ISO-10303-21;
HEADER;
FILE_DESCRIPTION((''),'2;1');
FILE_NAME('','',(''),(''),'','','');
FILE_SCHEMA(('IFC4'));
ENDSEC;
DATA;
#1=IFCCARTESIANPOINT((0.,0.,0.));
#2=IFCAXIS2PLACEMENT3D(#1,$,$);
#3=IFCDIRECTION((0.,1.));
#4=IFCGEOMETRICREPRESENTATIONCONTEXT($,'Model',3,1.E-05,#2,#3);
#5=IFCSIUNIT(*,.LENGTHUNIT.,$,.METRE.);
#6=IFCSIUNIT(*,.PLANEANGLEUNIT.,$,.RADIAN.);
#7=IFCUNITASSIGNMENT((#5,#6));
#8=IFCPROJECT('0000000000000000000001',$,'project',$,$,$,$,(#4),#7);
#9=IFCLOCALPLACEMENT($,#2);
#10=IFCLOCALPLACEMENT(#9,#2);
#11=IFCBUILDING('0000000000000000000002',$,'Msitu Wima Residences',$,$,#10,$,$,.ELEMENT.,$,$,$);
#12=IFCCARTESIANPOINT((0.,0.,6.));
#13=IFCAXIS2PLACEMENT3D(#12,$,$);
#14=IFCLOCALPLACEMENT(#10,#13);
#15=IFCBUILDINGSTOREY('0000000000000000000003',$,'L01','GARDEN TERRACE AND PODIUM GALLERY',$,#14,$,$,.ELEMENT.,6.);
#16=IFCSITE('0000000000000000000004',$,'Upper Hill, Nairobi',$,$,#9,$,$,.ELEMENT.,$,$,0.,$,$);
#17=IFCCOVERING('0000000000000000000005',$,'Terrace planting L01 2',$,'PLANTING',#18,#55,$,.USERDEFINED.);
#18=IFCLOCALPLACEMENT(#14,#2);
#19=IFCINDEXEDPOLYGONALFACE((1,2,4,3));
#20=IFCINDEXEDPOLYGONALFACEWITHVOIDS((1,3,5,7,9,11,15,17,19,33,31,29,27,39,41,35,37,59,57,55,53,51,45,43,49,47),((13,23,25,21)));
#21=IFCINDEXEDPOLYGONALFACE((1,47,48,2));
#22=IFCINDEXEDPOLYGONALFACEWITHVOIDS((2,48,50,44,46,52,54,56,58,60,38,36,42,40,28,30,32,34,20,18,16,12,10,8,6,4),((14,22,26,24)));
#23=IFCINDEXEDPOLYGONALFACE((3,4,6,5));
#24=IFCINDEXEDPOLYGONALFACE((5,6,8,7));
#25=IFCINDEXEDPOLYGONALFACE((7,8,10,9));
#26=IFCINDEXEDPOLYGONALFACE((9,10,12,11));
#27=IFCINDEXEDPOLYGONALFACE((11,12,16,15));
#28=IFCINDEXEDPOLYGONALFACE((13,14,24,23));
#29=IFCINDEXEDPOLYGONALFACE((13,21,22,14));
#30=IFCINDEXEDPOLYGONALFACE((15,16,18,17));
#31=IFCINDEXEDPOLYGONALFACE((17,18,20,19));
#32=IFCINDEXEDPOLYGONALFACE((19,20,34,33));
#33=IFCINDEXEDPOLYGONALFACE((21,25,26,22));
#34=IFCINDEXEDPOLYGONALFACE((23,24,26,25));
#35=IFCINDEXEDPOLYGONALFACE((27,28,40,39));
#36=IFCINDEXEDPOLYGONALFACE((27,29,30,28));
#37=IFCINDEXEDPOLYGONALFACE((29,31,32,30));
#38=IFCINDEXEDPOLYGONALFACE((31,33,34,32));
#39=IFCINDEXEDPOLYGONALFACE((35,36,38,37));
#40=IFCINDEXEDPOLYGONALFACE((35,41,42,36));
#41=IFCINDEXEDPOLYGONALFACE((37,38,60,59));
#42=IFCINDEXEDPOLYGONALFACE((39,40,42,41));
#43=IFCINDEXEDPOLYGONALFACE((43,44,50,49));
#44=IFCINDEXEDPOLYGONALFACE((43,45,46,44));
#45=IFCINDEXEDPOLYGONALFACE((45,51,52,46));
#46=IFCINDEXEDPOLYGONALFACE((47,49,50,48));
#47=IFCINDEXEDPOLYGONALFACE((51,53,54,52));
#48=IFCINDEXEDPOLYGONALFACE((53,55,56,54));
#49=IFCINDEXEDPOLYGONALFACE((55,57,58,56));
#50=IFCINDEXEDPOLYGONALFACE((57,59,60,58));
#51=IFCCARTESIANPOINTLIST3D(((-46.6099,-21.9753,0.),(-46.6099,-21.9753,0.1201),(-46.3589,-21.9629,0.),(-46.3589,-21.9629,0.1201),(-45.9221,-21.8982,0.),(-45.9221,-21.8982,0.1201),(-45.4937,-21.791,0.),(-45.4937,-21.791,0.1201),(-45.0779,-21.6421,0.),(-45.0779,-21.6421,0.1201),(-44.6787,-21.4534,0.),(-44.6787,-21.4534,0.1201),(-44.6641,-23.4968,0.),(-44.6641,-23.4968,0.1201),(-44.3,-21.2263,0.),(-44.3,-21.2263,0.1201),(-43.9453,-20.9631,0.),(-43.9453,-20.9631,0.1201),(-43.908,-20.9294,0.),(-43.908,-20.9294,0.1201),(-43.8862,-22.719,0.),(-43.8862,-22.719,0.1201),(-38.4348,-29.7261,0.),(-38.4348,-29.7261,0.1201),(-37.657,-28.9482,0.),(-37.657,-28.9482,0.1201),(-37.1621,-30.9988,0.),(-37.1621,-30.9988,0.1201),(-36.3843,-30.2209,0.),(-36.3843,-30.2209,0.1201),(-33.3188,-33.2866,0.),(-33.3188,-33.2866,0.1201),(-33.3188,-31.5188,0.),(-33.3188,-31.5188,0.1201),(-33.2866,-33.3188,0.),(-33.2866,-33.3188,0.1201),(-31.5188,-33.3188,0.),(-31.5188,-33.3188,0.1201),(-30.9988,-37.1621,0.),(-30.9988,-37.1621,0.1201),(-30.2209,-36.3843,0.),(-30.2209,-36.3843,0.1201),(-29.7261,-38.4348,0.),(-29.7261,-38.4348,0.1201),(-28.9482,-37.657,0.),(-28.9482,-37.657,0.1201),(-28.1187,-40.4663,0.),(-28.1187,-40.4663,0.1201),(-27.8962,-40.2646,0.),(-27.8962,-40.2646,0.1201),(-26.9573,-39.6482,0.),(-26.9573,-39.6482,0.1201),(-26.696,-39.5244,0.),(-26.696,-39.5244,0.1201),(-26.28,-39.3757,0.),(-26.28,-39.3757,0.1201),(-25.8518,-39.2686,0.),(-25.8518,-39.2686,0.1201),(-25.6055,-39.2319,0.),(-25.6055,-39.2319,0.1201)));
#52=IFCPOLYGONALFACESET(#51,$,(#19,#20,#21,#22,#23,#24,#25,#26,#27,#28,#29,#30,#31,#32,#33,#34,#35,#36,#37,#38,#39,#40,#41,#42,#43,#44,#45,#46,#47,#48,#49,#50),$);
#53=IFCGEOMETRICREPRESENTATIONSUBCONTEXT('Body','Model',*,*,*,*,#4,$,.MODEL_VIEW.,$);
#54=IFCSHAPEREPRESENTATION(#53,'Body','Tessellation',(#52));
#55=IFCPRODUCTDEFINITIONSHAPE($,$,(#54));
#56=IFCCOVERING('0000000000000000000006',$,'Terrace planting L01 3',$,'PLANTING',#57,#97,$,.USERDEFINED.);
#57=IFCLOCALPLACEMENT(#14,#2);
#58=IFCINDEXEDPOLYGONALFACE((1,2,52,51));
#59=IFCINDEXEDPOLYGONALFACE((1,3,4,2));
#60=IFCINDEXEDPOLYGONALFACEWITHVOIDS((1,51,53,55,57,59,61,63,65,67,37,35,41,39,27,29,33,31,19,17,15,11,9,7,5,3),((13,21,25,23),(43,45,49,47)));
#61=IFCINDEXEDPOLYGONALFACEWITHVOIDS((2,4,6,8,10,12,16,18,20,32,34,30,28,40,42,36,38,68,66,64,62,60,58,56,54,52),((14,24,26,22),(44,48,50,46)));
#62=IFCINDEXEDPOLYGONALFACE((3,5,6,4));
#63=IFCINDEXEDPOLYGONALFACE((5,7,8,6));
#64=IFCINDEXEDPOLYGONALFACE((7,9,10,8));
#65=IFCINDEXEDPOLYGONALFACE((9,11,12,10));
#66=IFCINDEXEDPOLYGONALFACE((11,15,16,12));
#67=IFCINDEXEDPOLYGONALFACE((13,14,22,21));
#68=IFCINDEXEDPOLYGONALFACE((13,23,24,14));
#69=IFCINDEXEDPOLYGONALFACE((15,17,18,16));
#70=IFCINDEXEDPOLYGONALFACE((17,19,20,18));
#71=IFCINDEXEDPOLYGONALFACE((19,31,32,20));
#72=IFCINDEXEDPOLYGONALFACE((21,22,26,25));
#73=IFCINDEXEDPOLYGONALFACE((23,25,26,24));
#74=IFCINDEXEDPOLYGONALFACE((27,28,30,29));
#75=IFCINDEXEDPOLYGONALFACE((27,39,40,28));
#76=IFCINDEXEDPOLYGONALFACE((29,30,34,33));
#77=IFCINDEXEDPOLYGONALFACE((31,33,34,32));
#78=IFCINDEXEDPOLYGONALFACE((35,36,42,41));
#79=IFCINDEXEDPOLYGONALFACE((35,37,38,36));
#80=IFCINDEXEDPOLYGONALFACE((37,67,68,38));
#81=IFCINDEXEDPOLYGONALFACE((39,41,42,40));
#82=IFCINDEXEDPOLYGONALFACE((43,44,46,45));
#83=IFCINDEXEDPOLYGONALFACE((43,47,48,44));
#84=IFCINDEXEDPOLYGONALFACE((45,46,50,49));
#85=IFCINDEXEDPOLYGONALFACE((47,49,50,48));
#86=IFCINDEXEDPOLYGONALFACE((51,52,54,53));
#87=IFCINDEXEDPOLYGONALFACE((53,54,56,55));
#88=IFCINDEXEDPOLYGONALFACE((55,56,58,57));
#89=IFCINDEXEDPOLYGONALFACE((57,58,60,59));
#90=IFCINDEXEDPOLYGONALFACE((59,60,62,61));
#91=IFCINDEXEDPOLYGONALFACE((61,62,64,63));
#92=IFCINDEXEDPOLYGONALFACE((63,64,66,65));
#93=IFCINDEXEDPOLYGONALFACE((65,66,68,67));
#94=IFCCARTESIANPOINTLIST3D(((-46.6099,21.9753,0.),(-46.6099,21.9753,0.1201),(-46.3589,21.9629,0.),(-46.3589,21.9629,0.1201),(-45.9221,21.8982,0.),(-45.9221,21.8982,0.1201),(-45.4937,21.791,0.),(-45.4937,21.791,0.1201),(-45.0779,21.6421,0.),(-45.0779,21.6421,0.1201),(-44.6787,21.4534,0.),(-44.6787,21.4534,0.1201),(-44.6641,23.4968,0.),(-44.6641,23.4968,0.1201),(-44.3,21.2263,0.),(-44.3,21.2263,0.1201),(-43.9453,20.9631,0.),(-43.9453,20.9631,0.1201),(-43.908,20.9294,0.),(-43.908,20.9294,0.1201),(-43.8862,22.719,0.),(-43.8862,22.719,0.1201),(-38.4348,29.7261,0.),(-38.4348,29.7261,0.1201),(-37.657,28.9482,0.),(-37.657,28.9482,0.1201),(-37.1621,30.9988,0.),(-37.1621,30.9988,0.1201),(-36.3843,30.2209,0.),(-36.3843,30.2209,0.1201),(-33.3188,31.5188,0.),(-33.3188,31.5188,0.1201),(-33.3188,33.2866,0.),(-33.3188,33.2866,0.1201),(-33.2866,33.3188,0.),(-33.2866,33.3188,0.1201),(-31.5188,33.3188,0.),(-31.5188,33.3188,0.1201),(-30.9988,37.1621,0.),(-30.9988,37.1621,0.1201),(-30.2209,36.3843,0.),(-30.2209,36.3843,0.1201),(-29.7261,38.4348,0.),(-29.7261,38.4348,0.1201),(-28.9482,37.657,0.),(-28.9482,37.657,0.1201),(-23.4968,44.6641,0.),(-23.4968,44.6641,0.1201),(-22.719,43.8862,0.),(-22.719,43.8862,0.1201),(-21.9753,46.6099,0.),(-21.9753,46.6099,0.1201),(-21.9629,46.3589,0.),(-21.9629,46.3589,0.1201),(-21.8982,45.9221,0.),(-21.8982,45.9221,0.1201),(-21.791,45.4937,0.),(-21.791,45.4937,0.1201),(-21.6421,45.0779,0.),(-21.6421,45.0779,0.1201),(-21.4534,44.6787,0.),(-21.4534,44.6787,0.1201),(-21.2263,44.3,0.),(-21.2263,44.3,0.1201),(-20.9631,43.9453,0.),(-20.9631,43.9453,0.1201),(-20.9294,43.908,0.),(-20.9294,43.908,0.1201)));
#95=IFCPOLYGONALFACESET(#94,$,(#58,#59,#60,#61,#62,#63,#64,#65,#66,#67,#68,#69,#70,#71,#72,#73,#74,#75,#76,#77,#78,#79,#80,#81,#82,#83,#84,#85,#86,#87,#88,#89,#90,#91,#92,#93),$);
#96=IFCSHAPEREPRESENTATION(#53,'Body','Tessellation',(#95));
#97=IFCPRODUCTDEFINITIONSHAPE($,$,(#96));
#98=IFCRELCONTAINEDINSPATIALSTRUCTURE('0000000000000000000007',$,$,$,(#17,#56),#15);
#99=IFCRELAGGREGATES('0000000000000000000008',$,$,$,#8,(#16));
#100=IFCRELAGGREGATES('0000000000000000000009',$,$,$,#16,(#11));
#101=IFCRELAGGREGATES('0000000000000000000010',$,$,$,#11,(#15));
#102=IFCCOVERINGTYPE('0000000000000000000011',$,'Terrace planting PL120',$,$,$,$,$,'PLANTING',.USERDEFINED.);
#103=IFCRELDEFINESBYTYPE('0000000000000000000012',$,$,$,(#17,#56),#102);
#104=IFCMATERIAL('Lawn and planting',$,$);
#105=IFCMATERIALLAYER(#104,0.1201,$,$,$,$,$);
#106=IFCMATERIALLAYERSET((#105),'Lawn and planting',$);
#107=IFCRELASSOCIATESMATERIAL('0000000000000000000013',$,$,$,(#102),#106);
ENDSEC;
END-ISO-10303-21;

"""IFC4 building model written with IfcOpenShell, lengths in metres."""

from ifc_helpers import new_model, si_unit, direction, frame, origin, place, context, subcontext, project, spatial, polyline, outline, extrude, material, layer, layer_set, type_object, element, save


model = new_model("IFC4")

# Units and contexts
model_context = context("Model", 3, precision=1e-05, world=origin(), true_north=direction((0.0, 1.0)))
body_context = subcontext(model_context, "Body", "Model", "MODEL_VIEW")
ifc_project = project(units=[si_unit("LENGTHUNIT", "METRE"), si_unit("PLANEANGLEUNIT", "RADIAN")], contexts=[model_context])

# Site, building, storey
site_placement = place(None, origin())
site = spatial("IfcSite", under=ifc_project, at=site_placement, Name="Upper Hill, Nairobi", CompositionType="ELEMENT", RefElevation=0.0)
building_placement = place(site_placement, origin())
building = spatial("IfcBuilding", under=site, at=building_placement, Name="Msitu Wima Residences", CompositionType="ELEMENT")
storey_placement = place(building_placement, frame((0.0, 0.0, 6.0)))
storey = spatial("IfcBuildingStorey", under=building, at=storey_placement, Name="L01", Description="GARDEN TERRACE AND PODIUM GALLERY", CompositionType="ELEMENT", Elevation=6.0)

# Coverings
ifc_material_1 = material(Name="Lawn and planting")
ifc_layer_1 = layer(ifc_material_1, 0.1201)
ifc_layer_set_1 = layer_set([ifc_layer_1], Name="Lawn and planting")
covering_type = type_object("IfcCoveringType", Name="Terrace planting PL120", ElementType="PLANTING", PredefinedType="USERDEFINED", material=ifc_layer_set_1)
covering_1_placement = place(storey_placement, origin())
element("IfcCovering", 1, at=covering_1_placement, inside=storey, type_object=covering_type, Name="Terrace planting L01 2", ObjectType="PLANTING", PredefinedType="USERDEFINED", context=body_context, shape_type="SweptSolid", body=[
    extrude(outline(polyline([(-46.6099, -21.9753), (-46.3589, -21.9629), (-45.9221, -21.8982), (-45.4937, -21.791), (-45.0779, -21.6421), (-44.6787, -21.4534), (-44.3, -21.2263), (-43.9453, -20.9631), (-43.908, -20.9294), (-33.3188, -31.5188), (-33.3188, -31.5188), (-33.3188, -33.2866), (-36.3843, -30.2209), (-37.1621, -30.9988), (-30.9988, -37.1621), (-30.2209, -36.3843), (-33.2866, -33.3188), (-31.5188, -33.3188), (-31.5188, -33.3188), (-25.6055, -39.2319), (-25.8518, -39.2686), (-26.28, -39.3757), (-26.696, -39.5244), (-26.9573, -39.6482), (-28.9482, -37.657), (-29.7261, -38.4348), (-27.8962, -40.2646), (-28.1187, -40.4663), (-46.6099, -21.9753)]), holes=[polyline([(-38.4348, -29.7261), (-37.657, -28.9482), (-43.8862, -22.719), (-44.6641, -23.4968), (-38.4348, -29.7261)])]), origin(), (0.0, 0.0, 1.0), 0.1201),
])
covering_2_placement = place(storey_placement, origin())
element("IfcCovering", 2, at=covering_2_placement, inside=storey, type_object=covering_type, Name="Terrace planting L01 3", ObjectType="PLANTING", PredefinedType="USERDEFINED", context=body_context, shape_type="SweptSolid", body=[
    extrude(outline(polyline([(-21.9753, 46.6099), (-21.9629, 46.3589), (-21.8982, 45.9221), (-21.791, 45.4937), (-21.6421, 45.0779), (-21.4534, 44.6787), (-21.2263, 44.3), (-20.9631, 43.9453), (-20.9294, 43.908), (-31.5188, 33.3188), (-31.5188, 33.3188), (-33.2866, 33.3188), (-30.2209, 36.3843), (-30.9988, 37.1621), (-37.1621, 30.9988), (-36.3843, 30.2209), (-33.3188, 33.2866), (-33.3188, 31.5188), (-33.3188, 31.5188), (-43.908, 20.9294), (-43.9453, 20.9631), (-44.3, 21.2263), (-44.6787, 21.4534), (-45.0779, 21.6421), (-45.4937, 21.791), (-45.9221, 21.8982), (-46.3589, 21.9629), (-46.6099, 21.9753), (-21.9753, 46.6099)]), holes=[polyline([(-43.8862, 22.719), (-37.657, 28.9482), (-38.4348, 29.7261), (-44.6641, 23.4968), (-43.8862, 22.719)]), polyline([(-29.7261, 38.4348), (-28.9482, 37.657), (-22.719, 43.8862), (-23.4968, 44.6641), (-29.7261, 38.4348)])]), origin(), (0.0, 0.0, 1.0), 0.1201),
])

save(model, "model.ifc")
